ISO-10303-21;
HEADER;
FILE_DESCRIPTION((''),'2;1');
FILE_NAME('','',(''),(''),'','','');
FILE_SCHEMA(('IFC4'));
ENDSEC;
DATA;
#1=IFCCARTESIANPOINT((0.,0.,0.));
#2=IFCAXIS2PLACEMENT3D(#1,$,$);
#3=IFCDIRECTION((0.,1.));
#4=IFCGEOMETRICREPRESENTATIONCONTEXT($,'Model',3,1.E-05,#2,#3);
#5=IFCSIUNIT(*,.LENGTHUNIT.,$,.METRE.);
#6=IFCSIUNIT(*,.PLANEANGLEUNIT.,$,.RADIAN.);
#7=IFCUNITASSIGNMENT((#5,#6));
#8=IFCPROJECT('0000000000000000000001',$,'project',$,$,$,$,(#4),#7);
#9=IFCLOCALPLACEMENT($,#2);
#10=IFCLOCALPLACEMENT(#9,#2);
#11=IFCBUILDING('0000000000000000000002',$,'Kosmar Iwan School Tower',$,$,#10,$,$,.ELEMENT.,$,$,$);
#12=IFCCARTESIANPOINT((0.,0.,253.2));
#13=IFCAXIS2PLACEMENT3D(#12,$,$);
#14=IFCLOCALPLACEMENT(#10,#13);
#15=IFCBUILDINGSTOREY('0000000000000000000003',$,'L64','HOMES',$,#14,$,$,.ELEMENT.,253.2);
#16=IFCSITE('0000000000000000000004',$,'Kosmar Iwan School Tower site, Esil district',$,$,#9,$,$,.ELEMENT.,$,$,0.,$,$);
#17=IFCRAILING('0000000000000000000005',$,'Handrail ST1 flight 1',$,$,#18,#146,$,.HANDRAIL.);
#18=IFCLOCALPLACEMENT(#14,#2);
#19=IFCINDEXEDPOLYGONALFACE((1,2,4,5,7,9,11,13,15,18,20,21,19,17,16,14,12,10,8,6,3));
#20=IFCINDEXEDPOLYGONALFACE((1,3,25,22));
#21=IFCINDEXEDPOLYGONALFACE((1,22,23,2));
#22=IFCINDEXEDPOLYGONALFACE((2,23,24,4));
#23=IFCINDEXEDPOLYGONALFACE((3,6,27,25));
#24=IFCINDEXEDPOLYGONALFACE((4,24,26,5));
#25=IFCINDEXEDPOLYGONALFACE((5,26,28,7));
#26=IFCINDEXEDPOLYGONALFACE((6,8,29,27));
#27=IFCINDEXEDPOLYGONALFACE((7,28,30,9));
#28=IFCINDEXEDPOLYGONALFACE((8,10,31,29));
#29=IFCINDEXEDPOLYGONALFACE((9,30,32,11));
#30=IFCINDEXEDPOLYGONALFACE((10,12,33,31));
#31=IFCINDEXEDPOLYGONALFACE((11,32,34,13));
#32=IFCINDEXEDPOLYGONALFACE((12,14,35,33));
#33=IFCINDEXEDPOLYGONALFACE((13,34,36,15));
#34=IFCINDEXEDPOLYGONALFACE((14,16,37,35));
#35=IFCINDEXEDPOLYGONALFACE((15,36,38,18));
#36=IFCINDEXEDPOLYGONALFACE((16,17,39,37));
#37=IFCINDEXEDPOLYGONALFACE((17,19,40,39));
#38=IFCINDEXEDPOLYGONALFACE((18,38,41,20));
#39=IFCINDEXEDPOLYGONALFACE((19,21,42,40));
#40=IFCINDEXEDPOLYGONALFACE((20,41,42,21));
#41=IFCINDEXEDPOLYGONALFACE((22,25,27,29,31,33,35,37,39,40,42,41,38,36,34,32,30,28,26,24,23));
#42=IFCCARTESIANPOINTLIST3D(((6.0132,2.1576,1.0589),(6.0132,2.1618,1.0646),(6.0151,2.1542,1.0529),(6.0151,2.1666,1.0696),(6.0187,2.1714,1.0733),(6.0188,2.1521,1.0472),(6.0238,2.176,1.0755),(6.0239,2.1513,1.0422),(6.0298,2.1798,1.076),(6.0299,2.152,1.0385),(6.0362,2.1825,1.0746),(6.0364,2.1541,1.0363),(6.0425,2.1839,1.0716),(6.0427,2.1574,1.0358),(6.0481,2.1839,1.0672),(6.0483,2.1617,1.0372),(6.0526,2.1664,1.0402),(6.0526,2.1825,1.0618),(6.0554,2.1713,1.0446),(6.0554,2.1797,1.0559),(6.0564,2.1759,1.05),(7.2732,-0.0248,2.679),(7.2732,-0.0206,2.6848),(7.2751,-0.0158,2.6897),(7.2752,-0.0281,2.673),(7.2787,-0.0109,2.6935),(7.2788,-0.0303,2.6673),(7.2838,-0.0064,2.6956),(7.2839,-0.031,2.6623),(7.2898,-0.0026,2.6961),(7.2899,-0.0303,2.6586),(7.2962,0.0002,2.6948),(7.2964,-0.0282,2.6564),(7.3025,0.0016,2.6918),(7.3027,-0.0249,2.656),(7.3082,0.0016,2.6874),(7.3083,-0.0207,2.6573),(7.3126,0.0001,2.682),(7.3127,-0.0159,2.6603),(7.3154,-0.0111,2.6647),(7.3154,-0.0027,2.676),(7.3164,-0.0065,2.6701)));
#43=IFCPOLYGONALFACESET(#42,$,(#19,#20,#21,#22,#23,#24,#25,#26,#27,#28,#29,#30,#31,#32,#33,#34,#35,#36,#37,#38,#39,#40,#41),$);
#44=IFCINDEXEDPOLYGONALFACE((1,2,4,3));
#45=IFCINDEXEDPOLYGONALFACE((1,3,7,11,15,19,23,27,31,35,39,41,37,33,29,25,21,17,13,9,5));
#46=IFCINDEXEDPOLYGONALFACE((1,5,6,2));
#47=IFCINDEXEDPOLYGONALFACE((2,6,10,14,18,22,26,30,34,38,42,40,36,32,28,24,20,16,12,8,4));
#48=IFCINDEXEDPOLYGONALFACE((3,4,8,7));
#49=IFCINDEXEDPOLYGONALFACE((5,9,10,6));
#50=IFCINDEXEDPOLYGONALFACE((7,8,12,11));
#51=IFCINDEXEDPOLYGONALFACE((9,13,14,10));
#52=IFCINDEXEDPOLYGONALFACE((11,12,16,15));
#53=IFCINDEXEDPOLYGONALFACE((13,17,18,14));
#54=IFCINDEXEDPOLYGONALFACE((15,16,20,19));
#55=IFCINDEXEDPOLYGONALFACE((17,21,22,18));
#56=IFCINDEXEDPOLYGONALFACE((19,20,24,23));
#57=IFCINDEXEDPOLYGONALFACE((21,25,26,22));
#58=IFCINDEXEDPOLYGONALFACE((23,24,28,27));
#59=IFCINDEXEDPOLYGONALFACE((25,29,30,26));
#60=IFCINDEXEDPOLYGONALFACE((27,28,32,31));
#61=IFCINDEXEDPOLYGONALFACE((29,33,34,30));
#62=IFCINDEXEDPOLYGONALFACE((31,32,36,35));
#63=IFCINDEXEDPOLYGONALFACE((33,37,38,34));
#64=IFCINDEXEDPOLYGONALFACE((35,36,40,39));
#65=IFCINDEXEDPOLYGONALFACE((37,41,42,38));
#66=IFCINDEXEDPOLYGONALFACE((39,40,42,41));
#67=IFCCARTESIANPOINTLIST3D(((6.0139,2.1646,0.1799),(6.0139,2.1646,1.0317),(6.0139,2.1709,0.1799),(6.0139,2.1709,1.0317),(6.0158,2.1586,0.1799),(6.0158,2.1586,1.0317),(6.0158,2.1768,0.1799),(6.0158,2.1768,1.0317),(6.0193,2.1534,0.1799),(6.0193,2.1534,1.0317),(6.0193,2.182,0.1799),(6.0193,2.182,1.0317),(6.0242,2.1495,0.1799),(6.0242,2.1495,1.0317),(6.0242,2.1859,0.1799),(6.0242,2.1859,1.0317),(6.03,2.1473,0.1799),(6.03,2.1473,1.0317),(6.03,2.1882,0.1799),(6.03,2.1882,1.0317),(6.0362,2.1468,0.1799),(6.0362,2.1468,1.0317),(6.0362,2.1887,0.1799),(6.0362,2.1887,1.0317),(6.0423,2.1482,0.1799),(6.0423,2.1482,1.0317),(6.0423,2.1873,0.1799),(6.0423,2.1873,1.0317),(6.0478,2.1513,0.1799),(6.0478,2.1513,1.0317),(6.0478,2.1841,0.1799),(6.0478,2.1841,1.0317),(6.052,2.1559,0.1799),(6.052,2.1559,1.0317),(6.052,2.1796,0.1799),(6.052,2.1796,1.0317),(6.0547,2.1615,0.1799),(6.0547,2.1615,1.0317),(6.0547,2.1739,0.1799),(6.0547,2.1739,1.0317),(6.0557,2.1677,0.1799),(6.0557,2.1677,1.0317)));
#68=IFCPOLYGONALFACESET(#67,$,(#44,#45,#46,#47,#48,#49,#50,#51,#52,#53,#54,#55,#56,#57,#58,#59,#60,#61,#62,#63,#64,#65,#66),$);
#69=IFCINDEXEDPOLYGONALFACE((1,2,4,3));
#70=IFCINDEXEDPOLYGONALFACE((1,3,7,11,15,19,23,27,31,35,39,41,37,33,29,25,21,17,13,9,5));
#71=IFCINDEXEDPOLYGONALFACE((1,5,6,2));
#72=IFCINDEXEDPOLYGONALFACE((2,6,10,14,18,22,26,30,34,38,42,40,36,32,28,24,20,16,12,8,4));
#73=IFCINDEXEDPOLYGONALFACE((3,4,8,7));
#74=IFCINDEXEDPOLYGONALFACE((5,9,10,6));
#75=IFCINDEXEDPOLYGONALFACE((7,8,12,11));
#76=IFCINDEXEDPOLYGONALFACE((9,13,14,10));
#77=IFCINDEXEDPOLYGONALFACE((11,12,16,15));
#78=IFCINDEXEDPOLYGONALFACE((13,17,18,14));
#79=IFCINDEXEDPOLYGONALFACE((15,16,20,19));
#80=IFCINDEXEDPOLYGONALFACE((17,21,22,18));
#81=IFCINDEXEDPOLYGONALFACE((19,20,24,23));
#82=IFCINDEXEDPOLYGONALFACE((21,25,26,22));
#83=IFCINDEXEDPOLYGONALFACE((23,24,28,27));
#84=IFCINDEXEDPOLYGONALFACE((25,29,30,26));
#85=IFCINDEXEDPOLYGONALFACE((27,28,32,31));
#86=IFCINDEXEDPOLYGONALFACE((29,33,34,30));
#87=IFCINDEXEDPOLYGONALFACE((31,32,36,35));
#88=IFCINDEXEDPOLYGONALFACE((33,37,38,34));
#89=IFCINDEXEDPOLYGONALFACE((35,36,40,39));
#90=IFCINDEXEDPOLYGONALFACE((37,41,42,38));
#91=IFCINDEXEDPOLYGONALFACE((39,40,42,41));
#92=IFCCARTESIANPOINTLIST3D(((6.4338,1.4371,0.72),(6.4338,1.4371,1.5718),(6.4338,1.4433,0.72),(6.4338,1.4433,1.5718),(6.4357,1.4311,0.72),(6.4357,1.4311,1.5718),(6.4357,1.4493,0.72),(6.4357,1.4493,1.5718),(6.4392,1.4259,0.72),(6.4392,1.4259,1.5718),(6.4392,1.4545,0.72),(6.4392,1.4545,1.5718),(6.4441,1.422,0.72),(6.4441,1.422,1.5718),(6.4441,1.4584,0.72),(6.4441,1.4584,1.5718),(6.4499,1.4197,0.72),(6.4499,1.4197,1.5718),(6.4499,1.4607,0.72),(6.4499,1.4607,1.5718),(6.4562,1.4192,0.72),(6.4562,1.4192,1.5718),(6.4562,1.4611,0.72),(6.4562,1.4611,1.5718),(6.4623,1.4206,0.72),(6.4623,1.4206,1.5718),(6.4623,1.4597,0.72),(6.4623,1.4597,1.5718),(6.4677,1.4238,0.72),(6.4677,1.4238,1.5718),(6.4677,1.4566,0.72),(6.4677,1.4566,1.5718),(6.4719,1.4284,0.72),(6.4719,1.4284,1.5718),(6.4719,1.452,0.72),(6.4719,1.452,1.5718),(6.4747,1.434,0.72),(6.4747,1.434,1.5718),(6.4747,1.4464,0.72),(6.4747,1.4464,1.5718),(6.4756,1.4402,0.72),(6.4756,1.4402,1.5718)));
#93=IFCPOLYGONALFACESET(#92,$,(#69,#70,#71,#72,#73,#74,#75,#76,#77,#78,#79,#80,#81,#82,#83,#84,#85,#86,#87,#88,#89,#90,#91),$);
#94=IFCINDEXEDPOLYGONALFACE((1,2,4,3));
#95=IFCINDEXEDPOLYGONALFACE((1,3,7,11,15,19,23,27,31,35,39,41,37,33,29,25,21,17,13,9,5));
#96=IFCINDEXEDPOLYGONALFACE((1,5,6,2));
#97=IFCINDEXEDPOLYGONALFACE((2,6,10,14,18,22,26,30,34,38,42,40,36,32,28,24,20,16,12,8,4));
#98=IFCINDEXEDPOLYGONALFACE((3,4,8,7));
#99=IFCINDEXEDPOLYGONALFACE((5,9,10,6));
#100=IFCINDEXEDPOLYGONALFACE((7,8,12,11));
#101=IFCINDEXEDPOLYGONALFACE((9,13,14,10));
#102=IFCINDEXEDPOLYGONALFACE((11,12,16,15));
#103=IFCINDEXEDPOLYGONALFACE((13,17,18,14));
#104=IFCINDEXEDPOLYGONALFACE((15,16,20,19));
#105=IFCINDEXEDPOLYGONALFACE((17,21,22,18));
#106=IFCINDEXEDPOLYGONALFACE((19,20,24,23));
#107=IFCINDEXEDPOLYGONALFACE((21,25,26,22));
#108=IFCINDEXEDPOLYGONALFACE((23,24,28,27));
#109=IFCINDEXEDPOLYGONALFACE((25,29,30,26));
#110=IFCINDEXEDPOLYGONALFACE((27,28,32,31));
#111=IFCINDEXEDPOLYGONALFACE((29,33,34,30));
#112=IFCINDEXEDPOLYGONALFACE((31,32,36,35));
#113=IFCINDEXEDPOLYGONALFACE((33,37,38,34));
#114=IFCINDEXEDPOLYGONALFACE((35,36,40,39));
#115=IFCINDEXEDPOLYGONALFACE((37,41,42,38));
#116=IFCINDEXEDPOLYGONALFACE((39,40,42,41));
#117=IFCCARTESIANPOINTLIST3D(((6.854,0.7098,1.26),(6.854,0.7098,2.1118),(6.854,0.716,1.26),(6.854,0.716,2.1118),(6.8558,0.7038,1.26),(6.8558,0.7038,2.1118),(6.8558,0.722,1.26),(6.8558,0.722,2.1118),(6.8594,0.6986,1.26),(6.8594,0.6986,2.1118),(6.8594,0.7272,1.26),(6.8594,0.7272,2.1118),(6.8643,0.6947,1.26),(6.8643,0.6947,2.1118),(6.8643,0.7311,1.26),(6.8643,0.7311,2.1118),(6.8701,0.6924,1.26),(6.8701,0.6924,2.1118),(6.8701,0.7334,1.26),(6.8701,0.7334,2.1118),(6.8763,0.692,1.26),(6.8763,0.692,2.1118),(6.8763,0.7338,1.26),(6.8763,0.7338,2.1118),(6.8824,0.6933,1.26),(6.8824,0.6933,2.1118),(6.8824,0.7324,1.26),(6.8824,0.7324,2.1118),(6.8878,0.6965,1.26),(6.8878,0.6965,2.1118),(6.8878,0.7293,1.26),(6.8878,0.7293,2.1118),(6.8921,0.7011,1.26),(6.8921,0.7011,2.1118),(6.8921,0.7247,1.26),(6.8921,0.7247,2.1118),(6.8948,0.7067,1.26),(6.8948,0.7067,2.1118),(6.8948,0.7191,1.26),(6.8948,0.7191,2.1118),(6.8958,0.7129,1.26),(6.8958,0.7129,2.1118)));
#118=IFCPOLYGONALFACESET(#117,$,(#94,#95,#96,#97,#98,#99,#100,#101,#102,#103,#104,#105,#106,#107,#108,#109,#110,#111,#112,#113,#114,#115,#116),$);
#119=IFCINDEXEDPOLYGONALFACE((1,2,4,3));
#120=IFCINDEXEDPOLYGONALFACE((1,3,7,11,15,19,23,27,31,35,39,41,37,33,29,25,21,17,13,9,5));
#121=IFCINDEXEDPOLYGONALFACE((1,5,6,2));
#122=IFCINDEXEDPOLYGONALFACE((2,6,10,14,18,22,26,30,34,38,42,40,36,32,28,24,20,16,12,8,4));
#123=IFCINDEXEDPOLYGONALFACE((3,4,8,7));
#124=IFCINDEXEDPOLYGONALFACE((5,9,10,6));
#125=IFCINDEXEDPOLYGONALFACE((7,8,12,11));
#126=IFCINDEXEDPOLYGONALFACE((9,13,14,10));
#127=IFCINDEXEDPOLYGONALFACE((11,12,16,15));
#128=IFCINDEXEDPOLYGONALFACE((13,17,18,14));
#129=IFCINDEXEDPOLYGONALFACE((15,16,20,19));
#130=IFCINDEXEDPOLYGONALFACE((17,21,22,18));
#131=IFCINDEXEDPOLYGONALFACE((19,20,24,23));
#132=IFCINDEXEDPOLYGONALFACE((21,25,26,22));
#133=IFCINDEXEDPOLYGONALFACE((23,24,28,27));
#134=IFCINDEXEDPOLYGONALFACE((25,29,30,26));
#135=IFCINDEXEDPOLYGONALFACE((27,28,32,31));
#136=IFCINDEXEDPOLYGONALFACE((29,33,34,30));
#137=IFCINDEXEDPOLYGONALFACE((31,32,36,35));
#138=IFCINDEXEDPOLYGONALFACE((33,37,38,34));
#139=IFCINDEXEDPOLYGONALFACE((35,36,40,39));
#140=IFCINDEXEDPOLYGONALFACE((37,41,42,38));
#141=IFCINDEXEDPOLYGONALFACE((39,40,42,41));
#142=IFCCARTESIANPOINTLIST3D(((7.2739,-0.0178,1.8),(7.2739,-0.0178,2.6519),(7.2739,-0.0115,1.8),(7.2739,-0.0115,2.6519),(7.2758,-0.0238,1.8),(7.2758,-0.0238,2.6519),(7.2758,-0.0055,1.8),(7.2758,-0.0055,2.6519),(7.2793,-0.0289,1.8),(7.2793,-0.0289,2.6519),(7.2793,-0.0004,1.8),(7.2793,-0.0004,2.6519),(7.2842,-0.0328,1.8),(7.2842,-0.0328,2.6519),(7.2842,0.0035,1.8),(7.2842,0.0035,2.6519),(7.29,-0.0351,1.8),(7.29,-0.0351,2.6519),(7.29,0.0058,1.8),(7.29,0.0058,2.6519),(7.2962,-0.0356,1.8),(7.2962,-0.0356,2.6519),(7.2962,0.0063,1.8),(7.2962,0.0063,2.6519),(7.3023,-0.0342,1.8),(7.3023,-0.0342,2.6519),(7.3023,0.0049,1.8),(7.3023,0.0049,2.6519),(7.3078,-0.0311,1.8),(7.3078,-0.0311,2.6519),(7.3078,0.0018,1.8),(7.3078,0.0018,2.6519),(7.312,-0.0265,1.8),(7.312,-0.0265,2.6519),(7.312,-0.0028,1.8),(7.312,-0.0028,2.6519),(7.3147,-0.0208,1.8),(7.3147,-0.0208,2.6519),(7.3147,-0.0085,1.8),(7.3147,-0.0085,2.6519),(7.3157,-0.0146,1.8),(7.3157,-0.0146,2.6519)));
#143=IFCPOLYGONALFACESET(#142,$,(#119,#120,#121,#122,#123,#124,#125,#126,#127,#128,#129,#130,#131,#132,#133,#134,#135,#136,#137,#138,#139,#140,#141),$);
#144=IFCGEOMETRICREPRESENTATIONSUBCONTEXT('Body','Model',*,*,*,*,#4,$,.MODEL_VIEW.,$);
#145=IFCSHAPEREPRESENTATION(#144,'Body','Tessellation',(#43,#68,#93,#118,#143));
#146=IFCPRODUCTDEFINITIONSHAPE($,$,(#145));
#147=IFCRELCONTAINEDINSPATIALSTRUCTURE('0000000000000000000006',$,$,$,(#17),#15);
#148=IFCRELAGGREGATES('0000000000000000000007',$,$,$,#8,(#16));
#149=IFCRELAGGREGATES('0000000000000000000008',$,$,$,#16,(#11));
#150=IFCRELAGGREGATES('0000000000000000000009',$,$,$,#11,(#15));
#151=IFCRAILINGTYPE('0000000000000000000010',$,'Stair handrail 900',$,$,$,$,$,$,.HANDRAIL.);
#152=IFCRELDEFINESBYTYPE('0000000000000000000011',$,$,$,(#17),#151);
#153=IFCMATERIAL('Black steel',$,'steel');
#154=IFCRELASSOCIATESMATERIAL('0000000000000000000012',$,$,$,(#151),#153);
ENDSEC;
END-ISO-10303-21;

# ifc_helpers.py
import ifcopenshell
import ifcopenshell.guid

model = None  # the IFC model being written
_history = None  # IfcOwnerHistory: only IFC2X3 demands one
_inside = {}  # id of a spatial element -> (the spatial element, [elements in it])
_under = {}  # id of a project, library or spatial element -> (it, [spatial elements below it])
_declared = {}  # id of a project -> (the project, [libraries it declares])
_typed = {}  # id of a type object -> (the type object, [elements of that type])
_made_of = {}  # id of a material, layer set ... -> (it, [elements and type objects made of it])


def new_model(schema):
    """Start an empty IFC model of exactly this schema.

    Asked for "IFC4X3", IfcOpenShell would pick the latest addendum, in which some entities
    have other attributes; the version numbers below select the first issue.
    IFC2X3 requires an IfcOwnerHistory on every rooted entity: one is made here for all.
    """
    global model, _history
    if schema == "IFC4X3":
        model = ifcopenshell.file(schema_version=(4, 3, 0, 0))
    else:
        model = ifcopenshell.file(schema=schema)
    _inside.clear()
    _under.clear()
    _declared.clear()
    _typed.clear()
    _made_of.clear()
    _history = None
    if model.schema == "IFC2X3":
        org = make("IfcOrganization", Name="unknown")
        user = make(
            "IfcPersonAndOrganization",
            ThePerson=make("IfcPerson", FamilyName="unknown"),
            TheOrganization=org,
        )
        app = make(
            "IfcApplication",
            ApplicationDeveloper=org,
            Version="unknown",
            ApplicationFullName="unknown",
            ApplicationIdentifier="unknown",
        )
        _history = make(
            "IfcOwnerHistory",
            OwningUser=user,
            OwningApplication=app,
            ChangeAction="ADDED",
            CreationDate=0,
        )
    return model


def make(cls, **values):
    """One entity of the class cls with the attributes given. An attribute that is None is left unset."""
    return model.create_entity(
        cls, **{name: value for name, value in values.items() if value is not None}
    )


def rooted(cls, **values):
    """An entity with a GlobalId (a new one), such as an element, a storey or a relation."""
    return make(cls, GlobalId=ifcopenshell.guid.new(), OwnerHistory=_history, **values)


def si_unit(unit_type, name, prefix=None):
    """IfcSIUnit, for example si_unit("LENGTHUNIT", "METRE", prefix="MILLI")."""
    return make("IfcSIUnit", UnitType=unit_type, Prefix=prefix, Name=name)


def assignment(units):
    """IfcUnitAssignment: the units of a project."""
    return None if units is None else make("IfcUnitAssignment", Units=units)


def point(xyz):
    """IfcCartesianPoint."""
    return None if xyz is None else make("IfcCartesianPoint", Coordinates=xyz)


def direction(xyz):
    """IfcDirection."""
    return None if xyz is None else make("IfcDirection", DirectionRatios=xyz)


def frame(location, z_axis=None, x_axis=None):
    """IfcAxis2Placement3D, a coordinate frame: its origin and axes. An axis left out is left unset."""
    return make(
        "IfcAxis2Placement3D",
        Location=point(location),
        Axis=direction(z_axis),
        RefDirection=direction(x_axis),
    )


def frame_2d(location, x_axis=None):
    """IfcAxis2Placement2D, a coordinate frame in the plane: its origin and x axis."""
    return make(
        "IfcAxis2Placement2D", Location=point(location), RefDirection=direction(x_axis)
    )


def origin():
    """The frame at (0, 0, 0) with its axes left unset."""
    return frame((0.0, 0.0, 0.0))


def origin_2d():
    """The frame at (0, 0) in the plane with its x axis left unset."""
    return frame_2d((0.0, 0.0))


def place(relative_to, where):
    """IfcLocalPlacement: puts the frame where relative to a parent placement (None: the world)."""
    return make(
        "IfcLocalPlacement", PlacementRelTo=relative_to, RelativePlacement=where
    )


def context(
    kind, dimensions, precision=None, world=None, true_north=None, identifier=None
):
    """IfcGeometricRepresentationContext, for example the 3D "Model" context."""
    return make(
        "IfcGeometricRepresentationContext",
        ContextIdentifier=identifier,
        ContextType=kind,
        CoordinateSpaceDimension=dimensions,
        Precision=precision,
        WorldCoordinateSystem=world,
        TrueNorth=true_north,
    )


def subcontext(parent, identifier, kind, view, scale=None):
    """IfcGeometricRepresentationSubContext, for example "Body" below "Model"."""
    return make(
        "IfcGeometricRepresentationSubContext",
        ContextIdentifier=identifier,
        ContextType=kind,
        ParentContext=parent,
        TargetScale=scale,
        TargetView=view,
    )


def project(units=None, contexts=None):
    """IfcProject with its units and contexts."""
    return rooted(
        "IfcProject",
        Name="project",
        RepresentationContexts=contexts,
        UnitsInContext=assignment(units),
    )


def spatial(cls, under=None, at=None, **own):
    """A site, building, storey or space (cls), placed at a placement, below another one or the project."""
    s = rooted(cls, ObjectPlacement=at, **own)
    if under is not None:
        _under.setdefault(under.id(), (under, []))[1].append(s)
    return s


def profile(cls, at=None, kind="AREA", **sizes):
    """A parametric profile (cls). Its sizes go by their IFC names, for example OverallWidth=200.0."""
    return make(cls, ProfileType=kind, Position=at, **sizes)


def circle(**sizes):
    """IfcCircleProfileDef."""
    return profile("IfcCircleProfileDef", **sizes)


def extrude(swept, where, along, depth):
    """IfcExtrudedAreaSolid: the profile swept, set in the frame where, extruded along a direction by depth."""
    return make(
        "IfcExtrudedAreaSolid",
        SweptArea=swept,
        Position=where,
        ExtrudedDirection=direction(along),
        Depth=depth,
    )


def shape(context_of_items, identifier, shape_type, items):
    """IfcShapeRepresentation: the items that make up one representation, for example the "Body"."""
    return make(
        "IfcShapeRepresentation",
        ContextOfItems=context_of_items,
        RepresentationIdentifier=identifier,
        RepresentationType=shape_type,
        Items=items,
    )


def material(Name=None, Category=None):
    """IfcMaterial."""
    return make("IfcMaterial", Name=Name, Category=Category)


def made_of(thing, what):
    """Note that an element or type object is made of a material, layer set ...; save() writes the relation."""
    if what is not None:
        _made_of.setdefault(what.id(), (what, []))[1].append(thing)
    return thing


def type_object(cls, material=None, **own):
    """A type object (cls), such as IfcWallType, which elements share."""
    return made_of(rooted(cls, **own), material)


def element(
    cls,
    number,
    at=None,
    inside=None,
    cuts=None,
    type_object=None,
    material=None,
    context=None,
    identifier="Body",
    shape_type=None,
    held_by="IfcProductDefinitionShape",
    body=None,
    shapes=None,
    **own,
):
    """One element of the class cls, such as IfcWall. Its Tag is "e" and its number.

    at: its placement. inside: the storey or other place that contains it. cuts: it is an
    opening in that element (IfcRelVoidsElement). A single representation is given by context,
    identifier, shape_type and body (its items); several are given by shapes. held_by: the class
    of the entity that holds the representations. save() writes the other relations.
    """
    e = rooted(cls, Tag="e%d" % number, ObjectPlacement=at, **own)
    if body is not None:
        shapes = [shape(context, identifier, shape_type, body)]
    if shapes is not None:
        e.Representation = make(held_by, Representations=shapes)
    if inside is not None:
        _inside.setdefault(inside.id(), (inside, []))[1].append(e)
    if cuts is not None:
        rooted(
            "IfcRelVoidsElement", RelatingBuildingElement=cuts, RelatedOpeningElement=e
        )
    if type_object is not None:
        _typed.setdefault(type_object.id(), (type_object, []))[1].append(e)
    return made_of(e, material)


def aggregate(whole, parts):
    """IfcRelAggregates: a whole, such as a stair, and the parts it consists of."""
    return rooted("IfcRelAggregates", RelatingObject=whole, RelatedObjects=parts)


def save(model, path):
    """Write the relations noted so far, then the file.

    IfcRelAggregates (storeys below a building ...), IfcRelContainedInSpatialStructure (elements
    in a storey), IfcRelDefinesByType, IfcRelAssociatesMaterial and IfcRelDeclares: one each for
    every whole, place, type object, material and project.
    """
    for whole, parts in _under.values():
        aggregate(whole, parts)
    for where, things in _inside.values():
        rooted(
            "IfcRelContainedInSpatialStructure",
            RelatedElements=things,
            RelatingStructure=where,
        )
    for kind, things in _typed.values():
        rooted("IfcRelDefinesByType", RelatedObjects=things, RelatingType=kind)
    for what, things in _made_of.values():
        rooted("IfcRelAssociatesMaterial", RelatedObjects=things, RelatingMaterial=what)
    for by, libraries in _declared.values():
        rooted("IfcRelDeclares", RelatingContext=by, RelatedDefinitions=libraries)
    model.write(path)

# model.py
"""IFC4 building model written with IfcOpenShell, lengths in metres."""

from ifc_helpers import new_model, si_unit, direction, frame, origin, origin_2d, place, context, subcontext, project, spatial, circle, extrude, material, type_object, element, save


model = new_model("IFC4")

# Units and contexts
model_context = context("Model", 3, precision=1e-05, world=origin(), true_north=direction((0.0, 1.0)))
body_context = subcontext(model_context, "Body", "Model", "MODEL_VIEW")
ifc_project = project(units=[si_unit("LENGTHUNIT", "METRE"), si_unit("PLANEANGLEUNIT", "RADIAN")], contexts=[model_context])

# Site, building, storey
site_placement = place(None, origin())
site = spatial("IfcSite", under=ifc_project, at=site_placement, Name="Kosmar Iwan School Tower site, Esil district", CompositionType="ELEMENT", RefElevation=0.0)
building_placement = place(site_placement, origin())
building = spatial("IfcBuilding", under=site, at=building_placement, Name="Kosmar Iwan School Tower", CompositionType="ELEMENT")
storey_placement = place(building_placement, frame((0.0, 0.0, 253.2)))
storey = spatial("IfcBuildingStorey", under=building, at=storey_placement, Name="L64", Description="HOMES", CompositionType="ELEMENT", Elevation=253.2)

# Railing
ifc_material_1 = material(Name="Black steel", Category="steel")
railing_type = type_object("IfcRailingType", Name="Stair handrail 900", PredefinedType="HANDRAIL", material=ifc_material_1)
railing_placement = place(storey_placement, frame((6.0347, 2.1677, 0.1799)))
element("IfcRailing", 1, at=railing_placement, inside=storey, type_object=railing_type, Name="Handrail ST1 flight 1", PredefinedType="HANDRAIL", context=body_context, shape_type="SweptSolid", body=[
    extrude(circle(Radius=0.0239, at=origin_2d()), frame((0.0, 0.0, 0.876), z_axis=(0.420584, -0.728464, 0.540786), x_axis=(0.866023, 0.500005, 0.0)), (0.0, 0.0, 1.0), 2.9958),
    extrude(circle(Radius=0.021, at=origin_2d()), origin(), (0.0, 0.0, 1.0), 0.8518),
    extrude(circle(Radius=0.021, at=origin_2d()), frame((0.4199, -0.7275, 0.54)), (0.0, 0.0, 1.0), 0.8518),
    extrude(circle(Radius=0.021, at=origin_2d()), frame((0.8401, -1.4548, 1.0801)), (0.0, 0.0, 1.0), 0.8518),
    extrude(circle(Radius=0.021, at=origin_2d()), frame((1.26, -2.1824, 1.6201)), (0.0, 0.0, 1.0), 0.8518),
])

save(model, "model.ifc")
